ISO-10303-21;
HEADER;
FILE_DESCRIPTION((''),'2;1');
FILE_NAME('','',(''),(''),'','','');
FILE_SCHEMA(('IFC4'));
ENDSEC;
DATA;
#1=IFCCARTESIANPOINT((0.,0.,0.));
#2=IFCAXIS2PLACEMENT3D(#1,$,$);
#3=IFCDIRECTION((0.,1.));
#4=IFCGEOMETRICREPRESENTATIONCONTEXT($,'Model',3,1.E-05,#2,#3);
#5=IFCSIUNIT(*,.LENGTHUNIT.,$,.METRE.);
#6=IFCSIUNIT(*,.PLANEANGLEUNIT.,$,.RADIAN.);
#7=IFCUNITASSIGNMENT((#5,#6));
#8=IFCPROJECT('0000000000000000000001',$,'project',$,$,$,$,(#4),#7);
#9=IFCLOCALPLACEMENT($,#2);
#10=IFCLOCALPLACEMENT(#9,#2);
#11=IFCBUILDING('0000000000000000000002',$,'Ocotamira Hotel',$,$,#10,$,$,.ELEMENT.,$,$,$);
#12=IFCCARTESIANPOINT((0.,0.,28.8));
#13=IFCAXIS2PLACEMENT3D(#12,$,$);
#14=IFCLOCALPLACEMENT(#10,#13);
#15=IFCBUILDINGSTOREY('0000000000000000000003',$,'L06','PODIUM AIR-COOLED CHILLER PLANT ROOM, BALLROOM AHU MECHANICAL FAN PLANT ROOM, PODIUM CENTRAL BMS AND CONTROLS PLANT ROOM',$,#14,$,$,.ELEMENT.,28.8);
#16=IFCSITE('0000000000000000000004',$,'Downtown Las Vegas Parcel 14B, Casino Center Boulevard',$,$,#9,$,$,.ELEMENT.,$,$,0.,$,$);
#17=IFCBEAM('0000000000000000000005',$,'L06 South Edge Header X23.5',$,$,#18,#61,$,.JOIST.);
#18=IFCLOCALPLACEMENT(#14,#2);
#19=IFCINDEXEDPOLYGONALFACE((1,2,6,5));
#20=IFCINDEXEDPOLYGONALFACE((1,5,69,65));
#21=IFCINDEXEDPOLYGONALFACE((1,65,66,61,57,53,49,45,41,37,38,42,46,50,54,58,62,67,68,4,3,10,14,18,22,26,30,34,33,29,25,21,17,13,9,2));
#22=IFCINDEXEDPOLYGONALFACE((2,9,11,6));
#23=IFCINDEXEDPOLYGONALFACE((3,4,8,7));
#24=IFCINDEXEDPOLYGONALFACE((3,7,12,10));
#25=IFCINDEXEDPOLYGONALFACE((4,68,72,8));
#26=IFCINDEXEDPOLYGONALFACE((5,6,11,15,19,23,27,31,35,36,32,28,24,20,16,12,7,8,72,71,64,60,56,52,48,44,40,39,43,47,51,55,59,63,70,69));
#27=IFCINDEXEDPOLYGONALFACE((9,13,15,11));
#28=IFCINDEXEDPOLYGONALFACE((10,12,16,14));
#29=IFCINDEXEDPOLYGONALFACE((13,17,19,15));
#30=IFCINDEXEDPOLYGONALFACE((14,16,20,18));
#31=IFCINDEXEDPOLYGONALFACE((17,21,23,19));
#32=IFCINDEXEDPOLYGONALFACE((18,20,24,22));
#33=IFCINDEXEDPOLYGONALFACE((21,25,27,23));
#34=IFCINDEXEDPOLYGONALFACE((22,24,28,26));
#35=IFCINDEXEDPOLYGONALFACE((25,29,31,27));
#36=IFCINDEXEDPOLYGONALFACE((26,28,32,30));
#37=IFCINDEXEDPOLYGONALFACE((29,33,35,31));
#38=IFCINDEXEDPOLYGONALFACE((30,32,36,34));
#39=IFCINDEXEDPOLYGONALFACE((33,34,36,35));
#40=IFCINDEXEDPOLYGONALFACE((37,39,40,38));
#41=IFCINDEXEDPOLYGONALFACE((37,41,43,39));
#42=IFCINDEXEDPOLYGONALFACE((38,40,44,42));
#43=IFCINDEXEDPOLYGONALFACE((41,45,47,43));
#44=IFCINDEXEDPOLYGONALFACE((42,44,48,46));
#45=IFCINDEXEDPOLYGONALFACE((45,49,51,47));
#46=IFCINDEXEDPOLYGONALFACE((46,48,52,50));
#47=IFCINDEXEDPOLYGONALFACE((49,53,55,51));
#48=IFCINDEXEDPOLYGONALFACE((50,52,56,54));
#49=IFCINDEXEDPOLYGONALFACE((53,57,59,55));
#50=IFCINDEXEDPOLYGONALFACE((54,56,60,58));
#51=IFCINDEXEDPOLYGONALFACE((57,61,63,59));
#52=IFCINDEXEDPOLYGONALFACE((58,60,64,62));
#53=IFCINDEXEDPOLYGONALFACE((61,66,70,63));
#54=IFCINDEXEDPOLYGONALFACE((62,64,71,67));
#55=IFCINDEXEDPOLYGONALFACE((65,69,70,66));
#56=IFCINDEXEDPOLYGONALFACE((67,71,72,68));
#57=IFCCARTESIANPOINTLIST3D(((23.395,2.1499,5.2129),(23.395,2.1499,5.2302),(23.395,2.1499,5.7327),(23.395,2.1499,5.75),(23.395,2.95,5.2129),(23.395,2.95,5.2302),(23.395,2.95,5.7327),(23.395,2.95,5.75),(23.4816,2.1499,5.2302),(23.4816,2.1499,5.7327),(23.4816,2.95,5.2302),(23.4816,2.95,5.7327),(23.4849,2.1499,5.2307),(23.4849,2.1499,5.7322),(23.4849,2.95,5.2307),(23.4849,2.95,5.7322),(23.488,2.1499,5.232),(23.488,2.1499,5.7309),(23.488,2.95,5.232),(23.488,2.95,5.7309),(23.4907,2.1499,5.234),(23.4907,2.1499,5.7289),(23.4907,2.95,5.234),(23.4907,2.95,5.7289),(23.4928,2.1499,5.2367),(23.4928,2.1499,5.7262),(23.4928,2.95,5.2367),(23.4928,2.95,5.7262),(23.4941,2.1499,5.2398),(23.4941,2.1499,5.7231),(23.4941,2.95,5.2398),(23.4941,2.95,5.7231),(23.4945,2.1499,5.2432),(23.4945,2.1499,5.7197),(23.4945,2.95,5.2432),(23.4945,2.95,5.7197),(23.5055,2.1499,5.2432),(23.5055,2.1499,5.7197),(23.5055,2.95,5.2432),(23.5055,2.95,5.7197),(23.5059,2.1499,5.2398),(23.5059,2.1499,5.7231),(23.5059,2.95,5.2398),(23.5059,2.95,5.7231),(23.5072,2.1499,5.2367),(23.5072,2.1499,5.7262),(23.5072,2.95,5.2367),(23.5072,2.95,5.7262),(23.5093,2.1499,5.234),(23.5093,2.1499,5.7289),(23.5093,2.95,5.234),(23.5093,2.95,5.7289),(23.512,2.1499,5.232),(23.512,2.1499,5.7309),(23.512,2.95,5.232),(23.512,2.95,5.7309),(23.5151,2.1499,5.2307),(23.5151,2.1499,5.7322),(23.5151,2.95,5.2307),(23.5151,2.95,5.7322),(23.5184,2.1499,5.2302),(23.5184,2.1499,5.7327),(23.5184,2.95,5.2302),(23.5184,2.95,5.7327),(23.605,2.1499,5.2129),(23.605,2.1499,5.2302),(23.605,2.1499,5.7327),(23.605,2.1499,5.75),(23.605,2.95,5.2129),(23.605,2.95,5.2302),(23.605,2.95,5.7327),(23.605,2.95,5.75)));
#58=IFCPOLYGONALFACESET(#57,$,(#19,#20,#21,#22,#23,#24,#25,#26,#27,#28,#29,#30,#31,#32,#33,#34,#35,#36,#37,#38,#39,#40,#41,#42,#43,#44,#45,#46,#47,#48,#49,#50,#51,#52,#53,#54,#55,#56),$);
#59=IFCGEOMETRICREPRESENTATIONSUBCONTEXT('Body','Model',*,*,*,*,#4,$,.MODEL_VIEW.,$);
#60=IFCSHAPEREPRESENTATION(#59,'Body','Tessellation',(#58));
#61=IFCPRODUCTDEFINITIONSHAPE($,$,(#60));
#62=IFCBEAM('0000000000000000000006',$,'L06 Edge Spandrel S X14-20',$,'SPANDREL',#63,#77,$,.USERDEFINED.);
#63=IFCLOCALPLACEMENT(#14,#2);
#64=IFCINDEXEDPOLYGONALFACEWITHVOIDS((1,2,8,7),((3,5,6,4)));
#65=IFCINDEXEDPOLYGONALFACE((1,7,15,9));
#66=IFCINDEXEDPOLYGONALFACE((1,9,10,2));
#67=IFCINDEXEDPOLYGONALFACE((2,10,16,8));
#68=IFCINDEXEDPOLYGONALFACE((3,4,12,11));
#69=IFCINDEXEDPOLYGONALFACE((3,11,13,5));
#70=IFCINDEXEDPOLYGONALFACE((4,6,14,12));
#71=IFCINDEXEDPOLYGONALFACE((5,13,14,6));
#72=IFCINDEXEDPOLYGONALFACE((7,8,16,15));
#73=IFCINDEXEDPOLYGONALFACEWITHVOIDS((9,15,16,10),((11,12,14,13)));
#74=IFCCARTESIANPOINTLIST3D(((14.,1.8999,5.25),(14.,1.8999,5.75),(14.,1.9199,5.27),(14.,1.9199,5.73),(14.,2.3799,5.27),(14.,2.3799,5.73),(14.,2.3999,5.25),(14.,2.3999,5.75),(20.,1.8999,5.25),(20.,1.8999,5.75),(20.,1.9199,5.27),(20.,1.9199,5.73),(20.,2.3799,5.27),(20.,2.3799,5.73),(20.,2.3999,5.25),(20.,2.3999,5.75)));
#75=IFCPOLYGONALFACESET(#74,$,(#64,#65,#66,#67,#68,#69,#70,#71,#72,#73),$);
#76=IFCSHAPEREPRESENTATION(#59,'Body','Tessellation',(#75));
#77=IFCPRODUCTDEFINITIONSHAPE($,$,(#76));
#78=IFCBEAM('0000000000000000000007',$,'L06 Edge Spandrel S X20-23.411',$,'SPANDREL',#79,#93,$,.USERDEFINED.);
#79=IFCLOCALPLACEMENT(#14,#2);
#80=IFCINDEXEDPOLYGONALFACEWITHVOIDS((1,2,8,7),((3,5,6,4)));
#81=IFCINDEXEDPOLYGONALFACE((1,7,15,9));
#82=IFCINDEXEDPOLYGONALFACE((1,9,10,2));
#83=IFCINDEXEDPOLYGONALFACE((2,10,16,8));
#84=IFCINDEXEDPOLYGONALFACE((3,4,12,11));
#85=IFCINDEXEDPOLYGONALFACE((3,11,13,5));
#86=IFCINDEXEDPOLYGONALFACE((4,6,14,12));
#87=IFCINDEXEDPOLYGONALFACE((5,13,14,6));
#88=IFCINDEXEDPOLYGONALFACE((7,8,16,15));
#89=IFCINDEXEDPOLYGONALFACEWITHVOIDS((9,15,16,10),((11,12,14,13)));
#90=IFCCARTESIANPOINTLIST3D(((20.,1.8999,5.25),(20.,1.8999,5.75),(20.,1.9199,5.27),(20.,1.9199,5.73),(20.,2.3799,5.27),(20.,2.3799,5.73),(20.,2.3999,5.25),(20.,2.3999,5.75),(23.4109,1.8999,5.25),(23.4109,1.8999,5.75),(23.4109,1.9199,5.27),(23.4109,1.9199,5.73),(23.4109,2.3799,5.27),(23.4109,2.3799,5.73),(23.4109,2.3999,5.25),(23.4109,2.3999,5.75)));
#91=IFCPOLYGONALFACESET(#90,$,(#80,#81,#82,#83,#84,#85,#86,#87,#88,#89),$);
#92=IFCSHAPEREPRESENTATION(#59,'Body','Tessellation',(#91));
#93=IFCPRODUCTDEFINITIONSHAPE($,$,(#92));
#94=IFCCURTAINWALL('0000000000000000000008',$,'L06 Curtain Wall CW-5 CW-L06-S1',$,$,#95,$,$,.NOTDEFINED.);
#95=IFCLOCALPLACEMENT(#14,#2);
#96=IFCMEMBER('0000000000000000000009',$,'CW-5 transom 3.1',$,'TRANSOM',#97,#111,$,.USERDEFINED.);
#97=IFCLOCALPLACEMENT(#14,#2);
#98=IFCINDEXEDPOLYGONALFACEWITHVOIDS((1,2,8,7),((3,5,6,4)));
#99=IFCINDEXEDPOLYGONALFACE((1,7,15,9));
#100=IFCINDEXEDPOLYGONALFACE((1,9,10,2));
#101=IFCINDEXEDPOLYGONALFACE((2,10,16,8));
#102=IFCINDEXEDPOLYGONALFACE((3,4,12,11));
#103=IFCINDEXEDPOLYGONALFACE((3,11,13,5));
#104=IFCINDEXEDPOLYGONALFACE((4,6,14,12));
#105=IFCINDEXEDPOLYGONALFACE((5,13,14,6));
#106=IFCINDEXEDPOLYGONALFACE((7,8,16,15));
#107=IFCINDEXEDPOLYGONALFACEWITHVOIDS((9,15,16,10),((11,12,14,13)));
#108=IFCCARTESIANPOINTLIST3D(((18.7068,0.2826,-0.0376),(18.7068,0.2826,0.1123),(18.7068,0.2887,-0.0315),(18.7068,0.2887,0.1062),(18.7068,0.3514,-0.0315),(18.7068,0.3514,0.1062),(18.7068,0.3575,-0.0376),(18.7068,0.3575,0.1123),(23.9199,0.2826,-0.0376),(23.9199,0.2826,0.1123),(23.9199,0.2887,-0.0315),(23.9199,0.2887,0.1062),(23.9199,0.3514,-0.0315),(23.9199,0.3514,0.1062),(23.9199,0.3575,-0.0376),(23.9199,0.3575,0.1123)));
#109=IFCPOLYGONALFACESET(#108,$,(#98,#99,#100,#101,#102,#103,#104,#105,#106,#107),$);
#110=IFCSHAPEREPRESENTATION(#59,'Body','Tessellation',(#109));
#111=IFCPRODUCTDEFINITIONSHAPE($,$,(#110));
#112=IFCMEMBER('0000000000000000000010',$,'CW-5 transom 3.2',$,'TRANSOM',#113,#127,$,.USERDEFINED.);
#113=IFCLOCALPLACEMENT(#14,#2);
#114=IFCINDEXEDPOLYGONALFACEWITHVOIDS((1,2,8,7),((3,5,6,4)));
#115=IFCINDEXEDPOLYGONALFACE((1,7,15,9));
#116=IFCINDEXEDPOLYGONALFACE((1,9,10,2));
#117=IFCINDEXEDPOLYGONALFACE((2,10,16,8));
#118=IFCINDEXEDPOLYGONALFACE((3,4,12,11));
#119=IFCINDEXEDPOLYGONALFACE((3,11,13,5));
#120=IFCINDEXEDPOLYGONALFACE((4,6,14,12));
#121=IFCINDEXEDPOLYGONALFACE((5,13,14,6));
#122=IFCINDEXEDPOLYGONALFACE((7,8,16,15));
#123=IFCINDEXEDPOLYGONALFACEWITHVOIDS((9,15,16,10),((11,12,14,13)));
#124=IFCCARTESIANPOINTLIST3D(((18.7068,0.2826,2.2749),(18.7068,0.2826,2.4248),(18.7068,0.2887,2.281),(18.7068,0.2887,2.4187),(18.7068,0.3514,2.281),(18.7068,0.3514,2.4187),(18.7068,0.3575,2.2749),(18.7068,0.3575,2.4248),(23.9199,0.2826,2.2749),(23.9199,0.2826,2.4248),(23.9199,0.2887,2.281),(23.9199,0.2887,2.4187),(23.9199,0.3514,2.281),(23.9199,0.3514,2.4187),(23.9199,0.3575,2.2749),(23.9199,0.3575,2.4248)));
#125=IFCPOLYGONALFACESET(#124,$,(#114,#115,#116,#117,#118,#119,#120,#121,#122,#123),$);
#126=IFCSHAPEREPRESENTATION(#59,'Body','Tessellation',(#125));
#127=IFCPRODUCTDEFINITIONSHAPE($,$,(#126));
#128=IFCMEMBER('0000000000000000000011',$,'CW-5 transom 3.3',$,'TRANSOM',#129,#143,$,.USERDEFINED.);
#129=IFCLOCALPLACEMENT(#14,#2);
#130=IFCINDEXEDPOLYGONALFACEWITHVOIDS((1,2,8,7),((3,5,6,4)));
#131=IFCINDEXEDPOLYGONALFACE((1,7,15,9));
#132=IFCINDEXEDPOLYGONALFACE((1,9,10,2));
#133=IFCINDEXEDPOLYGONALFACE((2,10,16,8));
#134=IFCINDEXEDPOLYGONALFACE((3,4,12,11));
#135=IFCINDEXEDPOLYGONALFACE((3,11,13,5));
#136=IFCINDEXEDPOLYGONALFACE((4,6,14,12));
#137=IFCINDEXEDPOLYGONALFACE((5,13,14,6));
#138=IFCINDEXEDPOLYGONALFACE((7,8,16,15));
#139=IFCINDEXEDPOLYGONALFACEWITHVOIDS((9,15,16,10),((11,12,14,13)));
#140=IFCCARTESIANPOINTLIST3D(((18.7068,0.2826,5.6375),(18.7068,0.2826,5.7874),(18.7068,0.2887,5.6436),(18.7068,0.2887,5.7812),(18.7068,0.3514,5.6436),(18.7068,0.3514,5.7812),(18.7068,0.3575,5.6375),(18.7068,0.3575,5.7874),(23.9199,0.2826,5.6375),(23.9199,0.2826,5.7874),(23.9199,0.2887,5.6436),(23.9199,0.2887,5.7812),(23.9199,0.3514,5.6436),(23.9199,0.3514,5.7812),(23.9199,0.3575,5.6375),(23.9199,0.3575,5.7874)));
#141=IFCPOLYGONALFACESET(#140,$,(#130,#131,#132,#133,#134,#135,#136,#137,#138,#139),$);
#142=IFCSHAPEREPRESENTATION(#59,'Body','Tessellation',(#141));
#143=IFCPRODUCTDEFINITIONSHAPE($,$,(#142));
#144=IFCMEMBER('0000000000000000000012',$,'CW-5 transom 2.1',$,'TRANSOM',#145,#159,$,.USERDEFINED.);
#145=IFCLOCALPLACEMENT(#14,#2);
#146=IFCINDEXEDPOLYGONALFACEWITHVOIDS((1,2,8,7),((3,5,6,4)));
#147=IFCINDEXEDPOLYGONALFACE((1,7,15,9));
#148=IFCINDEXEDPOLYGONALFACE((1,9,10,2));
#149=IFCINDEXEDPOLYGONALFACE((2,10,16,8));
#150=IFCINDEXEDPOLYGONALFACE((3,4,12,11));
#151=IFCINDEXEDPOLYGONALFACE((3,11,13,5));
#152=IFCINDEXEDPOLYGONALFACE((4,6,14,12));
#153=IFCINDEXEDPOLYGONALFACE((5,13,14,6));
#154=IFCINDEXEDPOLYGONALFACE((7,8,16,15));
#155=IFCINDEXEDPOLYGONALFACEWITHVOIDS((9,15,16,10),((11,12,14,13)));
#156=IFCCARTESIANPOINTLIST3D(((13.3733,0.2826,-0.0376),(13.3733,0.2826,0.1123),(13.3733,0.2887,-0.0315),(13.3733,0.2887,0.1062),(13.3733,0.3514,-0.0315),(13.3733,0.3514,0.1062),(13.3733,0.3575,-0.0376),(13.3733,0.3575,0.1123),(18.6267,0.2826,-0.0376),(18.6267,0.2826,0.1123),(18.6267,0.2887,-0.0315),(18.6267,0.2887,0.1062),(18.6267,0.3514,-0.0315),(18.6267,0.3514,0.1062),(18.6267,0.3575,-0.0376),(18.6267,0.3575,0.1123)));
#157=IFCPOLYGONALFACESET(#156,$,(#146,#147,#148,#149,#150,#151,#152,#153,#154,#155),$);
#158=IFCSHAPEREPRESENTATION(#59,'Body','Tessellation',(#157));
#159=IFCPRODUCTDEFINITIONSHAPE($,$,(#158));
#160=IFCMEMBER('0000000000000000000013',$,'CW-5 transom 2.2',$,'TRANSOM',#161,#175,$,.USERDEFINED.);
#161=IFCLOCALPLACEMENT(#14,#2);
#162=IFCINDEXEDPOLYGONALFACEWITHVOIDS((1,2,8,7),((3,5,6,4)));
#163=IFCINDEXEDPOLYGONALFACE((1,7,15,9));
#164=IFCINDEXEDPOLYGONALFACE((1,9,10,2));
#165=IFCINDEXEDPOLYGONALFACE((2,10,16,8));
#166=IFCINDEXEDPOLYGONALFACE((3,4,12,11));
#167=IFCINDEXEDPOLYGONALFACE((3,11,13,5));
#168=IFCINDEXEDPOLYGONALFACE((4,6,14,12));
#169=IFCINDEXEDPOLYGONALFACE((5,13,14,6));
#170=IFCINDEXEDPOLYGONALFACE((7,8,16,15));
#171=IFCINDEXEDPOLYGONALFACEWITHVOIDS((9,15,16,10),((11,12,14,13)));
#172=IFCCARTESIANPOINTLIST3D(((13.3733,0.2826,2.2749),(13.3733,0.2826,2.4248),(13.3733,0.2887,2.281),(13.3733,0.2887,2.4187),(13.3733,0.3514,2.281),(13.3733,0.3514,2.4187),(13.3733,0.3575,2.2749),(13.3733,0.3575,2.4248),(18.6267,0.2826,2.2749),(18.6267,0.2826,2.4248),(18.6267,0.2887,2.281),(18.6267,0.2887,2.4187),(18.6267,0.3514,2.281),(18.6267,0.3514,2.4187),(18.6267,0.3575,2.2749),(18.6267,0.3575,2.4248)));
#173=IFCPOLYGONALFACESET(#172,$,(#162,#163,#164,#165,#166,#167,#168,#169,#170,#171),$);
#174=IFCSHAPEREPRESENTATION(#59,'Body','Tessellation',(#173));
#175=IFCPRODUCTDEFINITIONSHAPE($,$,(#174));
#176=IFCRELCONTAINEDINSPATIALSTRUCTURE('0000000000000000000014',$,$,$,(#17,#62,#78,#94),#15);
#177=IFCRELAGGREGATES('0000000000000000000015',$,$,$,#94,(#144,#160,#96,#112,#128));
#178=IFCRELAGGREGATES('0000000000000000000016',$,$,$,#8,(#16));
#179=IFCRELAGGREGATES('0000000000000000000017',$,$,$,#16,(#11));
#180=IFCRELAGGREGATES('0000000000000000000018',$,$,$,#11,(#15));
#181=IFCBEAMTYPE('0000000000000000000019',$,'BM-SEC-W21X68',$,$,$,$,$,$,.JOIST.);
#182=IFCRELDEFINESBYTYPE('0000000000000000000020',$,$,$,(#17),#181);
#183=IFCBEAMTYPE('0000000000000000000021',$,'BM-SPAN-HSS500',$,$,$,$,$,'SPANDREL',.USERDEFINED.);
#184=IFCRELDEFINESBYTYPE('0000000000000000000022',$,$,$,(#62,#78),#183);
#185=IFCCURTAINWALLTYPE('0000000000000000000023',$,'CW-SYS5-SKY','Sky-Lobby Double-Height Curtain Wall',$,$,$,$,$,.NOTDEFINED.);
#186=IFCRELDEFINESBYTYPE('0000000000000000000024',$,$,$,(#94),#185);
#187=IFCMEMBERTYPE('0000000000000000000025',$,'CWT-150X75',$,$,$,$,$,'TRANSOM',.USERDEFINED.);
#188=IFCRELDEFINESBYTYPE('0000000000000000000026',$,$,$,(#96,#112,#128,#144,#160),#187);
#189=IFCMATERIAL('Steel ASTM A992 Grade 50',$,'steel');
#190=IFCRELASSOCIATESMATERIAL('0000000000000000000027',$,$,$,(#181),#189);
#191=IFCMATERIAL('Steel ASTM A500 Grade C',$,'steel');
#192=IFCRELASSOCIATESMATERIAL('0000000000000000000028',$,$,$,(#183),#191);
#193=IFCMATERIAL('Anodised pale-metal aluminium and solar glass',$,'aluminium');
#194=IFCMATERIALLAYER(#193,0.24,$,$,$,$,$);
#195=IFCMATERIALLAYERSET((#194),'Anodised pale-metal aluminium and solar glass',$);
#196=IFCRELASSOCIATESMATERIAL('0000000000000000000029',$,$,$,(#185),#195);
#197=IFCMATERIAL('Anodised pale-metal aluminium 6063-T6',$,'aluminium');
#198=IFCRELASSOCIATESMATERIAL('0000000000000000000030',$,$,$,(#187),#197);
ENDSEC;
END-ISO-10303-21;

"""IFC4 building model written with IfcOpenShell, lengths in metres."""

from ifc_helpers import new_model, si_unit, direction, frame, origin, origin_2d, place, context, subcontext, project, spatial, hollow_rectangle, i_section, extrude, source, transform, mapped, material, layer, layer_set, material_profile, profile_set, type_object, element, aggregate, save


model = new_model("IFC4")

# Units and contexts
model_context = context("Model", 3, precision=1e-05, world=origin(), true_north=direction((0.0, 1.0)))
body_context = subcontext(model_context, "Body", "Model", "MODEL_VIEW")
ifc_project = project(units=[si_unit("LENGTHUNIT", "METRE"), si_unit("PLANEANGLEUNIT", "RADIAN")], contexts=[model_context])

# Site, building, storey
site_placement = place(None, origin())
site = spatial("IfcSite", under=ifc_project, at=site_placement, Name="Downtown Las Vegas Parcel 14B, Casino Center Boulevard", CompositionType="ELEMENT", RefElevation=0.0)
building_placement = place(site_placement, origin())
building = spatial("IfcBuilding", under=site, at=building_placement, Name="Ocotamira Hotel", CompositionType="ELEMENT")
storey_placement = place(building_placement, frame((0.0, 0.0, 28.8)))
storey = spatial("IfcBuildingStorey", under=building, at=storey_placement, Name="L06", Description="PODIUM AIR-COOLED CHILLER PLANT ROOM, BALLROOM AHU MECHANICAL FAN PLANT ROOM, PODIUM CENTRAL BMS AND CONTROLS PLANT ROOM", CompositionType="ELEMENT", Elevation=28.8)

# Beams
ifc_material_1 = material(Name="Steel ASTM A992 Grade 50", Category="steel")
ifc_material_profile_1 = material_profile(ifc_material_1, i_section(OverallWidth=0.21, OverallDepth=0.5371, WebThickness=0.011, FlangeThickness=0.0173, FilletRadius=0.0129, at=origin_2d()), Name="W21X68")
ifc_profile_set_1 = profile_set([ifc_material_profile_1], Name="Steel ASTM A992 Grade 50")
beam_type_1 = type_object("IfcBeamType", Name="BM-SEC-W21X68", PredefinedType="JOIST", material=ifc_profile_set_1)
shared_shape_1 = source(origin(), body_context, "Body", "SweptSolid", [
    extrude(i_section(OverallWidth=0.21, OverallDepth=0.5371, WebThickness=0.011, FlangeThickness=0.0173, FilletRadius=0.0129, at=origin_2d()), origin(), (0.0, 0.0, 1.0), 0.8),
])
for number, where, z_axis, x_axis, name in (
    (1, (23.5, 2.95, 5.4814), (0.0, -1.0, 0.0), (1.0, 0.0, 0.0), "L06 South Edge Header X23.5"),
):
    element("IfcBeam", number, at=place(storey_placement, frame(where, z_axis=z_axis, x_axis=x_axis)), inside=storey, type_object=beam_type_1, Name=name, PredefinedType="JOIST", context=body_context, shape_type="MappedRepresentation", body=[
        mapped(shared_shape_1, transform((0.0, 0.0, 0.0), scale=1.0)),
    ])
ifc_material_2 = material(Name="Steel ASTM A500 Grade C", Category="steel")
ifc_material_profile_2 = material_profile(ifc_material_2, hollow_rectangle(XDim=0.5, YDim=0.5, WallThickness=0.02, at=origin_2d()), Name="HSS500X500X20")
ifc_profile_set_2 = profile_set([ifc_material_profile_2], Name="Steel ASTM A500 Grade C")
beam_type_2 = type_object("IfcBeamType", Name="BM-SPAN-HSS500", ElementType="SPANDREL", PredefinedType="USERDEFINED", material=ifc_profile_set_2)
shared_shape_2 = source(origin(), body_context, "Body", "SweptSolid", [
    extrude(hollow_rectangle(XDim=0.5, YDim=0.5, WallThickness=0.02, at=origin_2d()), origin(), (0.0, 0.0, 1.0), 6.0),
])
beam_1_placement = place(storey_placement, frame((14.0, 2.1499, 5.5), z_axis=(1.0, 0.0, 0.0), x_axis=(0.0, 1.0, 0.0)))
element("IfcBeam", 2, at=beam_1_placement, inside=storey, type_object=beam_type_2, Name="L06 Edge Spandrel S X14-20", ObjectType="SPANDREL", PredefinedType="USERDEFINED", context=body_context, shape_type="MappedRepresentation", body=[
    mapped(shared_shape_2, transform((0.0, 0.0, 0.0), scale=1.0)),
])
shared_shape_3 = source(origin(), body_context, "Body", "SweptSolid", [
    extrude(hollow_rectangle(XDim=0.5, YDim=0.5, WallThickness=0.02, at=origin_2d()), origin(), (0.0, 0.0, 1.0), 3.4109),
])
beam_2_placement = place(storey_placement, frame((20.0, 2.1499, 5.5), z_axis=(1.0, 0.0, 0.0), x_axis=(0.0, 1.0, 0.0)))
element("IfcBeam", 3, at=beam_2_placement, inside=storey, type_object=beam_type_2, Name="L06 Edge Spandrel S X20-23.411", ObjectType="SPANDREL", PredefinedType="USERDEFINED", context=body_context, shape_type="MappedRepresentation", body=[
    mapped(shared_shape_3, transform((0.0, 0.0, 0.0), scale=1.0)),
])

# Curtain wall, members
ifc_material_3 = material(Name="Anodised pale-metal aluminium and solar glass", Category="aluminium")
ifc_layer_1 = layer(ifc_material_3, 0.24)
ifc_layer_set_1 = layer_set([ifc_layer_1], Name="Anodised pale-metal aluminium and solar glass")
curtain_wall_type = type_object("IfcCurtainWallType", Name="CW-SYS5-SKY", Description="Sky-Lobby Double-Height Curtain Wall", PredefinedType="NOTDEFINED", material=ifc_layer_set_1)
curtain_wall_placement = place(storey_placement, origin())
curtain_wall = element("IfcCurtainWall", 4, at=curtain_wall_placement, inside=storey, type_object=curtain_wall_type, Name="L06 Curtain Wall CW-5 CW-L06-S1", PredefinedType="NOTDEFINED")
ifc_material_4 = material(Name="Anodised pale-metal aluminium 6063-T6", Category="aluminium")
ifc_material_profile_3 = material_profile(ifc_material_4, hollow_rectangle(XDim=0.075, YDim=0.1499, WallThickness=0.0061, at=origin_2d()), Name="HSS150X75X6")
ifc_profile_set_3 = profile_set([ifc_material_profile_3], Name="Anodised pale-metal aluminium 6063-T6")
member_type_1 = type_object("IfcMemberType", Name="CWT-150X75", ElementType="TRANSOM", PredefinedType="USERDEFINED", material=ifc_profile_set_3)
shared_shape_4 = source(origin(), body_context, "Body", "SweptSolid", [
    extrude(hollow_rectangle(XDim=0.075, YDim=0.1499, WallThickness=0.0061, at=origin_2d()), origin(), (0.0, 0.0, 1.0), 5.2131),
])
member_1_placement = place(storey_placement, frame((18.7068, 0.3201, 0.0374), z_axis=(1.0, 0.0, 0.0), x_axis=(0.0, 1.0, 0.0)))
member_1 = element("IfcMember", 5, at=member_1_placement, type_object=member_type_1, Name="CW-5 transom 3.1", ObjectType="TRANSOM", PredefinedType="USERDEFINED", context=body_context, shape_type="MappedRepresentation", body=[
    mapped(shared_shape_4, transform((0.0, 0.0, 0.0), scale=1.0)),
])
member_2_placement = place(storey_placement, frame((18.7068, 0.3201, 2.3499), z_axis=(1.0, 0.0, 0.0), x_axis=(0.0, 1.0, 0.0)))
member_2 = element("IfcMember", 6, at=member_2_placement, type_object=member_type_1, Name="CW-5 transom 3.2", ObjectType="TRANSOM", PredefinedType="USERDEFINED", context=body_context, shape_type="MappedRepresentation", body=[
    mapped(shared_shape_4, transform((0.0, 0.0, 0.0), scale=1.0)),
])
member_3_placement = place(storey_placement, frame((18.7068, 0.3201, 5.7124), z_axis=(1.0, 0.0, 0.0), x_axis=(0.0, 1.0, 0.0)))
member_3 = element("IfcMember", 7, at=member_3_placement, type_object=member_type_1, Name="CW-5 transom 3.3", ObjectType="TRANSOM", PredefinedType="USERDEFINED", context=body_context, shape_type="MappedRepresentation", body=[
    mapped(shared_shape_4, transform((0.0, 0.0, 0.0), scale=1.0)),
])
shared_shape_5 = source(origin(), body_context, "Body", "SweptSolid", [
    extrude(hollow_rectangle(XDim=0.075, YDim=0.1499, WallThickness=0.0061, at=origin_2d()), origin(), (0.0, 0.0, 1.0), 5.2534),
])
member_4_placement = place(storey_placement, frame((13.3733, 0.3201, 0.0374), z_axis=(1.0, 0.0, 0.0), x_axis=(0.0, 1.0, 0.0)))
member_4 = element("IfcMember", 8, at=member_4_placement, type_object=member_type_1, Name="CW-5 transom 2.1", ObjectType="TRANSOM", PredefinedType="USERDEFINED", context=body_context, shape_type="MappedRepresentation", body=[
    mapped(shared_shape_5, transform((0.0, 0.0, 0.0), scale=1.0)),
])
member_5_placement = place(storey_placement, frame((13.3733, 0.3201, 2.3499), z_axis=(1.0, 0.0, 0.0), x_axis=(0.0, 1.0, 0.0)))
member_5 = element("IfcMember", 9, at=member_5_placement, type_object=member_type_1, Name="CW-5 transom 2.2", ObjectType="TRANSOM", PredefinedType="USERDEFINED", context=body_context, shape_type="MappedRepresentation", body=[
    mapped(shared_shape_5, transform((0.0, 0.0, 0.0), scale=1.0)),
])

aggregate(curtain_wall, [member_4, member_5, member_1, member_2, member_3])

save(model, "model.ifc")
